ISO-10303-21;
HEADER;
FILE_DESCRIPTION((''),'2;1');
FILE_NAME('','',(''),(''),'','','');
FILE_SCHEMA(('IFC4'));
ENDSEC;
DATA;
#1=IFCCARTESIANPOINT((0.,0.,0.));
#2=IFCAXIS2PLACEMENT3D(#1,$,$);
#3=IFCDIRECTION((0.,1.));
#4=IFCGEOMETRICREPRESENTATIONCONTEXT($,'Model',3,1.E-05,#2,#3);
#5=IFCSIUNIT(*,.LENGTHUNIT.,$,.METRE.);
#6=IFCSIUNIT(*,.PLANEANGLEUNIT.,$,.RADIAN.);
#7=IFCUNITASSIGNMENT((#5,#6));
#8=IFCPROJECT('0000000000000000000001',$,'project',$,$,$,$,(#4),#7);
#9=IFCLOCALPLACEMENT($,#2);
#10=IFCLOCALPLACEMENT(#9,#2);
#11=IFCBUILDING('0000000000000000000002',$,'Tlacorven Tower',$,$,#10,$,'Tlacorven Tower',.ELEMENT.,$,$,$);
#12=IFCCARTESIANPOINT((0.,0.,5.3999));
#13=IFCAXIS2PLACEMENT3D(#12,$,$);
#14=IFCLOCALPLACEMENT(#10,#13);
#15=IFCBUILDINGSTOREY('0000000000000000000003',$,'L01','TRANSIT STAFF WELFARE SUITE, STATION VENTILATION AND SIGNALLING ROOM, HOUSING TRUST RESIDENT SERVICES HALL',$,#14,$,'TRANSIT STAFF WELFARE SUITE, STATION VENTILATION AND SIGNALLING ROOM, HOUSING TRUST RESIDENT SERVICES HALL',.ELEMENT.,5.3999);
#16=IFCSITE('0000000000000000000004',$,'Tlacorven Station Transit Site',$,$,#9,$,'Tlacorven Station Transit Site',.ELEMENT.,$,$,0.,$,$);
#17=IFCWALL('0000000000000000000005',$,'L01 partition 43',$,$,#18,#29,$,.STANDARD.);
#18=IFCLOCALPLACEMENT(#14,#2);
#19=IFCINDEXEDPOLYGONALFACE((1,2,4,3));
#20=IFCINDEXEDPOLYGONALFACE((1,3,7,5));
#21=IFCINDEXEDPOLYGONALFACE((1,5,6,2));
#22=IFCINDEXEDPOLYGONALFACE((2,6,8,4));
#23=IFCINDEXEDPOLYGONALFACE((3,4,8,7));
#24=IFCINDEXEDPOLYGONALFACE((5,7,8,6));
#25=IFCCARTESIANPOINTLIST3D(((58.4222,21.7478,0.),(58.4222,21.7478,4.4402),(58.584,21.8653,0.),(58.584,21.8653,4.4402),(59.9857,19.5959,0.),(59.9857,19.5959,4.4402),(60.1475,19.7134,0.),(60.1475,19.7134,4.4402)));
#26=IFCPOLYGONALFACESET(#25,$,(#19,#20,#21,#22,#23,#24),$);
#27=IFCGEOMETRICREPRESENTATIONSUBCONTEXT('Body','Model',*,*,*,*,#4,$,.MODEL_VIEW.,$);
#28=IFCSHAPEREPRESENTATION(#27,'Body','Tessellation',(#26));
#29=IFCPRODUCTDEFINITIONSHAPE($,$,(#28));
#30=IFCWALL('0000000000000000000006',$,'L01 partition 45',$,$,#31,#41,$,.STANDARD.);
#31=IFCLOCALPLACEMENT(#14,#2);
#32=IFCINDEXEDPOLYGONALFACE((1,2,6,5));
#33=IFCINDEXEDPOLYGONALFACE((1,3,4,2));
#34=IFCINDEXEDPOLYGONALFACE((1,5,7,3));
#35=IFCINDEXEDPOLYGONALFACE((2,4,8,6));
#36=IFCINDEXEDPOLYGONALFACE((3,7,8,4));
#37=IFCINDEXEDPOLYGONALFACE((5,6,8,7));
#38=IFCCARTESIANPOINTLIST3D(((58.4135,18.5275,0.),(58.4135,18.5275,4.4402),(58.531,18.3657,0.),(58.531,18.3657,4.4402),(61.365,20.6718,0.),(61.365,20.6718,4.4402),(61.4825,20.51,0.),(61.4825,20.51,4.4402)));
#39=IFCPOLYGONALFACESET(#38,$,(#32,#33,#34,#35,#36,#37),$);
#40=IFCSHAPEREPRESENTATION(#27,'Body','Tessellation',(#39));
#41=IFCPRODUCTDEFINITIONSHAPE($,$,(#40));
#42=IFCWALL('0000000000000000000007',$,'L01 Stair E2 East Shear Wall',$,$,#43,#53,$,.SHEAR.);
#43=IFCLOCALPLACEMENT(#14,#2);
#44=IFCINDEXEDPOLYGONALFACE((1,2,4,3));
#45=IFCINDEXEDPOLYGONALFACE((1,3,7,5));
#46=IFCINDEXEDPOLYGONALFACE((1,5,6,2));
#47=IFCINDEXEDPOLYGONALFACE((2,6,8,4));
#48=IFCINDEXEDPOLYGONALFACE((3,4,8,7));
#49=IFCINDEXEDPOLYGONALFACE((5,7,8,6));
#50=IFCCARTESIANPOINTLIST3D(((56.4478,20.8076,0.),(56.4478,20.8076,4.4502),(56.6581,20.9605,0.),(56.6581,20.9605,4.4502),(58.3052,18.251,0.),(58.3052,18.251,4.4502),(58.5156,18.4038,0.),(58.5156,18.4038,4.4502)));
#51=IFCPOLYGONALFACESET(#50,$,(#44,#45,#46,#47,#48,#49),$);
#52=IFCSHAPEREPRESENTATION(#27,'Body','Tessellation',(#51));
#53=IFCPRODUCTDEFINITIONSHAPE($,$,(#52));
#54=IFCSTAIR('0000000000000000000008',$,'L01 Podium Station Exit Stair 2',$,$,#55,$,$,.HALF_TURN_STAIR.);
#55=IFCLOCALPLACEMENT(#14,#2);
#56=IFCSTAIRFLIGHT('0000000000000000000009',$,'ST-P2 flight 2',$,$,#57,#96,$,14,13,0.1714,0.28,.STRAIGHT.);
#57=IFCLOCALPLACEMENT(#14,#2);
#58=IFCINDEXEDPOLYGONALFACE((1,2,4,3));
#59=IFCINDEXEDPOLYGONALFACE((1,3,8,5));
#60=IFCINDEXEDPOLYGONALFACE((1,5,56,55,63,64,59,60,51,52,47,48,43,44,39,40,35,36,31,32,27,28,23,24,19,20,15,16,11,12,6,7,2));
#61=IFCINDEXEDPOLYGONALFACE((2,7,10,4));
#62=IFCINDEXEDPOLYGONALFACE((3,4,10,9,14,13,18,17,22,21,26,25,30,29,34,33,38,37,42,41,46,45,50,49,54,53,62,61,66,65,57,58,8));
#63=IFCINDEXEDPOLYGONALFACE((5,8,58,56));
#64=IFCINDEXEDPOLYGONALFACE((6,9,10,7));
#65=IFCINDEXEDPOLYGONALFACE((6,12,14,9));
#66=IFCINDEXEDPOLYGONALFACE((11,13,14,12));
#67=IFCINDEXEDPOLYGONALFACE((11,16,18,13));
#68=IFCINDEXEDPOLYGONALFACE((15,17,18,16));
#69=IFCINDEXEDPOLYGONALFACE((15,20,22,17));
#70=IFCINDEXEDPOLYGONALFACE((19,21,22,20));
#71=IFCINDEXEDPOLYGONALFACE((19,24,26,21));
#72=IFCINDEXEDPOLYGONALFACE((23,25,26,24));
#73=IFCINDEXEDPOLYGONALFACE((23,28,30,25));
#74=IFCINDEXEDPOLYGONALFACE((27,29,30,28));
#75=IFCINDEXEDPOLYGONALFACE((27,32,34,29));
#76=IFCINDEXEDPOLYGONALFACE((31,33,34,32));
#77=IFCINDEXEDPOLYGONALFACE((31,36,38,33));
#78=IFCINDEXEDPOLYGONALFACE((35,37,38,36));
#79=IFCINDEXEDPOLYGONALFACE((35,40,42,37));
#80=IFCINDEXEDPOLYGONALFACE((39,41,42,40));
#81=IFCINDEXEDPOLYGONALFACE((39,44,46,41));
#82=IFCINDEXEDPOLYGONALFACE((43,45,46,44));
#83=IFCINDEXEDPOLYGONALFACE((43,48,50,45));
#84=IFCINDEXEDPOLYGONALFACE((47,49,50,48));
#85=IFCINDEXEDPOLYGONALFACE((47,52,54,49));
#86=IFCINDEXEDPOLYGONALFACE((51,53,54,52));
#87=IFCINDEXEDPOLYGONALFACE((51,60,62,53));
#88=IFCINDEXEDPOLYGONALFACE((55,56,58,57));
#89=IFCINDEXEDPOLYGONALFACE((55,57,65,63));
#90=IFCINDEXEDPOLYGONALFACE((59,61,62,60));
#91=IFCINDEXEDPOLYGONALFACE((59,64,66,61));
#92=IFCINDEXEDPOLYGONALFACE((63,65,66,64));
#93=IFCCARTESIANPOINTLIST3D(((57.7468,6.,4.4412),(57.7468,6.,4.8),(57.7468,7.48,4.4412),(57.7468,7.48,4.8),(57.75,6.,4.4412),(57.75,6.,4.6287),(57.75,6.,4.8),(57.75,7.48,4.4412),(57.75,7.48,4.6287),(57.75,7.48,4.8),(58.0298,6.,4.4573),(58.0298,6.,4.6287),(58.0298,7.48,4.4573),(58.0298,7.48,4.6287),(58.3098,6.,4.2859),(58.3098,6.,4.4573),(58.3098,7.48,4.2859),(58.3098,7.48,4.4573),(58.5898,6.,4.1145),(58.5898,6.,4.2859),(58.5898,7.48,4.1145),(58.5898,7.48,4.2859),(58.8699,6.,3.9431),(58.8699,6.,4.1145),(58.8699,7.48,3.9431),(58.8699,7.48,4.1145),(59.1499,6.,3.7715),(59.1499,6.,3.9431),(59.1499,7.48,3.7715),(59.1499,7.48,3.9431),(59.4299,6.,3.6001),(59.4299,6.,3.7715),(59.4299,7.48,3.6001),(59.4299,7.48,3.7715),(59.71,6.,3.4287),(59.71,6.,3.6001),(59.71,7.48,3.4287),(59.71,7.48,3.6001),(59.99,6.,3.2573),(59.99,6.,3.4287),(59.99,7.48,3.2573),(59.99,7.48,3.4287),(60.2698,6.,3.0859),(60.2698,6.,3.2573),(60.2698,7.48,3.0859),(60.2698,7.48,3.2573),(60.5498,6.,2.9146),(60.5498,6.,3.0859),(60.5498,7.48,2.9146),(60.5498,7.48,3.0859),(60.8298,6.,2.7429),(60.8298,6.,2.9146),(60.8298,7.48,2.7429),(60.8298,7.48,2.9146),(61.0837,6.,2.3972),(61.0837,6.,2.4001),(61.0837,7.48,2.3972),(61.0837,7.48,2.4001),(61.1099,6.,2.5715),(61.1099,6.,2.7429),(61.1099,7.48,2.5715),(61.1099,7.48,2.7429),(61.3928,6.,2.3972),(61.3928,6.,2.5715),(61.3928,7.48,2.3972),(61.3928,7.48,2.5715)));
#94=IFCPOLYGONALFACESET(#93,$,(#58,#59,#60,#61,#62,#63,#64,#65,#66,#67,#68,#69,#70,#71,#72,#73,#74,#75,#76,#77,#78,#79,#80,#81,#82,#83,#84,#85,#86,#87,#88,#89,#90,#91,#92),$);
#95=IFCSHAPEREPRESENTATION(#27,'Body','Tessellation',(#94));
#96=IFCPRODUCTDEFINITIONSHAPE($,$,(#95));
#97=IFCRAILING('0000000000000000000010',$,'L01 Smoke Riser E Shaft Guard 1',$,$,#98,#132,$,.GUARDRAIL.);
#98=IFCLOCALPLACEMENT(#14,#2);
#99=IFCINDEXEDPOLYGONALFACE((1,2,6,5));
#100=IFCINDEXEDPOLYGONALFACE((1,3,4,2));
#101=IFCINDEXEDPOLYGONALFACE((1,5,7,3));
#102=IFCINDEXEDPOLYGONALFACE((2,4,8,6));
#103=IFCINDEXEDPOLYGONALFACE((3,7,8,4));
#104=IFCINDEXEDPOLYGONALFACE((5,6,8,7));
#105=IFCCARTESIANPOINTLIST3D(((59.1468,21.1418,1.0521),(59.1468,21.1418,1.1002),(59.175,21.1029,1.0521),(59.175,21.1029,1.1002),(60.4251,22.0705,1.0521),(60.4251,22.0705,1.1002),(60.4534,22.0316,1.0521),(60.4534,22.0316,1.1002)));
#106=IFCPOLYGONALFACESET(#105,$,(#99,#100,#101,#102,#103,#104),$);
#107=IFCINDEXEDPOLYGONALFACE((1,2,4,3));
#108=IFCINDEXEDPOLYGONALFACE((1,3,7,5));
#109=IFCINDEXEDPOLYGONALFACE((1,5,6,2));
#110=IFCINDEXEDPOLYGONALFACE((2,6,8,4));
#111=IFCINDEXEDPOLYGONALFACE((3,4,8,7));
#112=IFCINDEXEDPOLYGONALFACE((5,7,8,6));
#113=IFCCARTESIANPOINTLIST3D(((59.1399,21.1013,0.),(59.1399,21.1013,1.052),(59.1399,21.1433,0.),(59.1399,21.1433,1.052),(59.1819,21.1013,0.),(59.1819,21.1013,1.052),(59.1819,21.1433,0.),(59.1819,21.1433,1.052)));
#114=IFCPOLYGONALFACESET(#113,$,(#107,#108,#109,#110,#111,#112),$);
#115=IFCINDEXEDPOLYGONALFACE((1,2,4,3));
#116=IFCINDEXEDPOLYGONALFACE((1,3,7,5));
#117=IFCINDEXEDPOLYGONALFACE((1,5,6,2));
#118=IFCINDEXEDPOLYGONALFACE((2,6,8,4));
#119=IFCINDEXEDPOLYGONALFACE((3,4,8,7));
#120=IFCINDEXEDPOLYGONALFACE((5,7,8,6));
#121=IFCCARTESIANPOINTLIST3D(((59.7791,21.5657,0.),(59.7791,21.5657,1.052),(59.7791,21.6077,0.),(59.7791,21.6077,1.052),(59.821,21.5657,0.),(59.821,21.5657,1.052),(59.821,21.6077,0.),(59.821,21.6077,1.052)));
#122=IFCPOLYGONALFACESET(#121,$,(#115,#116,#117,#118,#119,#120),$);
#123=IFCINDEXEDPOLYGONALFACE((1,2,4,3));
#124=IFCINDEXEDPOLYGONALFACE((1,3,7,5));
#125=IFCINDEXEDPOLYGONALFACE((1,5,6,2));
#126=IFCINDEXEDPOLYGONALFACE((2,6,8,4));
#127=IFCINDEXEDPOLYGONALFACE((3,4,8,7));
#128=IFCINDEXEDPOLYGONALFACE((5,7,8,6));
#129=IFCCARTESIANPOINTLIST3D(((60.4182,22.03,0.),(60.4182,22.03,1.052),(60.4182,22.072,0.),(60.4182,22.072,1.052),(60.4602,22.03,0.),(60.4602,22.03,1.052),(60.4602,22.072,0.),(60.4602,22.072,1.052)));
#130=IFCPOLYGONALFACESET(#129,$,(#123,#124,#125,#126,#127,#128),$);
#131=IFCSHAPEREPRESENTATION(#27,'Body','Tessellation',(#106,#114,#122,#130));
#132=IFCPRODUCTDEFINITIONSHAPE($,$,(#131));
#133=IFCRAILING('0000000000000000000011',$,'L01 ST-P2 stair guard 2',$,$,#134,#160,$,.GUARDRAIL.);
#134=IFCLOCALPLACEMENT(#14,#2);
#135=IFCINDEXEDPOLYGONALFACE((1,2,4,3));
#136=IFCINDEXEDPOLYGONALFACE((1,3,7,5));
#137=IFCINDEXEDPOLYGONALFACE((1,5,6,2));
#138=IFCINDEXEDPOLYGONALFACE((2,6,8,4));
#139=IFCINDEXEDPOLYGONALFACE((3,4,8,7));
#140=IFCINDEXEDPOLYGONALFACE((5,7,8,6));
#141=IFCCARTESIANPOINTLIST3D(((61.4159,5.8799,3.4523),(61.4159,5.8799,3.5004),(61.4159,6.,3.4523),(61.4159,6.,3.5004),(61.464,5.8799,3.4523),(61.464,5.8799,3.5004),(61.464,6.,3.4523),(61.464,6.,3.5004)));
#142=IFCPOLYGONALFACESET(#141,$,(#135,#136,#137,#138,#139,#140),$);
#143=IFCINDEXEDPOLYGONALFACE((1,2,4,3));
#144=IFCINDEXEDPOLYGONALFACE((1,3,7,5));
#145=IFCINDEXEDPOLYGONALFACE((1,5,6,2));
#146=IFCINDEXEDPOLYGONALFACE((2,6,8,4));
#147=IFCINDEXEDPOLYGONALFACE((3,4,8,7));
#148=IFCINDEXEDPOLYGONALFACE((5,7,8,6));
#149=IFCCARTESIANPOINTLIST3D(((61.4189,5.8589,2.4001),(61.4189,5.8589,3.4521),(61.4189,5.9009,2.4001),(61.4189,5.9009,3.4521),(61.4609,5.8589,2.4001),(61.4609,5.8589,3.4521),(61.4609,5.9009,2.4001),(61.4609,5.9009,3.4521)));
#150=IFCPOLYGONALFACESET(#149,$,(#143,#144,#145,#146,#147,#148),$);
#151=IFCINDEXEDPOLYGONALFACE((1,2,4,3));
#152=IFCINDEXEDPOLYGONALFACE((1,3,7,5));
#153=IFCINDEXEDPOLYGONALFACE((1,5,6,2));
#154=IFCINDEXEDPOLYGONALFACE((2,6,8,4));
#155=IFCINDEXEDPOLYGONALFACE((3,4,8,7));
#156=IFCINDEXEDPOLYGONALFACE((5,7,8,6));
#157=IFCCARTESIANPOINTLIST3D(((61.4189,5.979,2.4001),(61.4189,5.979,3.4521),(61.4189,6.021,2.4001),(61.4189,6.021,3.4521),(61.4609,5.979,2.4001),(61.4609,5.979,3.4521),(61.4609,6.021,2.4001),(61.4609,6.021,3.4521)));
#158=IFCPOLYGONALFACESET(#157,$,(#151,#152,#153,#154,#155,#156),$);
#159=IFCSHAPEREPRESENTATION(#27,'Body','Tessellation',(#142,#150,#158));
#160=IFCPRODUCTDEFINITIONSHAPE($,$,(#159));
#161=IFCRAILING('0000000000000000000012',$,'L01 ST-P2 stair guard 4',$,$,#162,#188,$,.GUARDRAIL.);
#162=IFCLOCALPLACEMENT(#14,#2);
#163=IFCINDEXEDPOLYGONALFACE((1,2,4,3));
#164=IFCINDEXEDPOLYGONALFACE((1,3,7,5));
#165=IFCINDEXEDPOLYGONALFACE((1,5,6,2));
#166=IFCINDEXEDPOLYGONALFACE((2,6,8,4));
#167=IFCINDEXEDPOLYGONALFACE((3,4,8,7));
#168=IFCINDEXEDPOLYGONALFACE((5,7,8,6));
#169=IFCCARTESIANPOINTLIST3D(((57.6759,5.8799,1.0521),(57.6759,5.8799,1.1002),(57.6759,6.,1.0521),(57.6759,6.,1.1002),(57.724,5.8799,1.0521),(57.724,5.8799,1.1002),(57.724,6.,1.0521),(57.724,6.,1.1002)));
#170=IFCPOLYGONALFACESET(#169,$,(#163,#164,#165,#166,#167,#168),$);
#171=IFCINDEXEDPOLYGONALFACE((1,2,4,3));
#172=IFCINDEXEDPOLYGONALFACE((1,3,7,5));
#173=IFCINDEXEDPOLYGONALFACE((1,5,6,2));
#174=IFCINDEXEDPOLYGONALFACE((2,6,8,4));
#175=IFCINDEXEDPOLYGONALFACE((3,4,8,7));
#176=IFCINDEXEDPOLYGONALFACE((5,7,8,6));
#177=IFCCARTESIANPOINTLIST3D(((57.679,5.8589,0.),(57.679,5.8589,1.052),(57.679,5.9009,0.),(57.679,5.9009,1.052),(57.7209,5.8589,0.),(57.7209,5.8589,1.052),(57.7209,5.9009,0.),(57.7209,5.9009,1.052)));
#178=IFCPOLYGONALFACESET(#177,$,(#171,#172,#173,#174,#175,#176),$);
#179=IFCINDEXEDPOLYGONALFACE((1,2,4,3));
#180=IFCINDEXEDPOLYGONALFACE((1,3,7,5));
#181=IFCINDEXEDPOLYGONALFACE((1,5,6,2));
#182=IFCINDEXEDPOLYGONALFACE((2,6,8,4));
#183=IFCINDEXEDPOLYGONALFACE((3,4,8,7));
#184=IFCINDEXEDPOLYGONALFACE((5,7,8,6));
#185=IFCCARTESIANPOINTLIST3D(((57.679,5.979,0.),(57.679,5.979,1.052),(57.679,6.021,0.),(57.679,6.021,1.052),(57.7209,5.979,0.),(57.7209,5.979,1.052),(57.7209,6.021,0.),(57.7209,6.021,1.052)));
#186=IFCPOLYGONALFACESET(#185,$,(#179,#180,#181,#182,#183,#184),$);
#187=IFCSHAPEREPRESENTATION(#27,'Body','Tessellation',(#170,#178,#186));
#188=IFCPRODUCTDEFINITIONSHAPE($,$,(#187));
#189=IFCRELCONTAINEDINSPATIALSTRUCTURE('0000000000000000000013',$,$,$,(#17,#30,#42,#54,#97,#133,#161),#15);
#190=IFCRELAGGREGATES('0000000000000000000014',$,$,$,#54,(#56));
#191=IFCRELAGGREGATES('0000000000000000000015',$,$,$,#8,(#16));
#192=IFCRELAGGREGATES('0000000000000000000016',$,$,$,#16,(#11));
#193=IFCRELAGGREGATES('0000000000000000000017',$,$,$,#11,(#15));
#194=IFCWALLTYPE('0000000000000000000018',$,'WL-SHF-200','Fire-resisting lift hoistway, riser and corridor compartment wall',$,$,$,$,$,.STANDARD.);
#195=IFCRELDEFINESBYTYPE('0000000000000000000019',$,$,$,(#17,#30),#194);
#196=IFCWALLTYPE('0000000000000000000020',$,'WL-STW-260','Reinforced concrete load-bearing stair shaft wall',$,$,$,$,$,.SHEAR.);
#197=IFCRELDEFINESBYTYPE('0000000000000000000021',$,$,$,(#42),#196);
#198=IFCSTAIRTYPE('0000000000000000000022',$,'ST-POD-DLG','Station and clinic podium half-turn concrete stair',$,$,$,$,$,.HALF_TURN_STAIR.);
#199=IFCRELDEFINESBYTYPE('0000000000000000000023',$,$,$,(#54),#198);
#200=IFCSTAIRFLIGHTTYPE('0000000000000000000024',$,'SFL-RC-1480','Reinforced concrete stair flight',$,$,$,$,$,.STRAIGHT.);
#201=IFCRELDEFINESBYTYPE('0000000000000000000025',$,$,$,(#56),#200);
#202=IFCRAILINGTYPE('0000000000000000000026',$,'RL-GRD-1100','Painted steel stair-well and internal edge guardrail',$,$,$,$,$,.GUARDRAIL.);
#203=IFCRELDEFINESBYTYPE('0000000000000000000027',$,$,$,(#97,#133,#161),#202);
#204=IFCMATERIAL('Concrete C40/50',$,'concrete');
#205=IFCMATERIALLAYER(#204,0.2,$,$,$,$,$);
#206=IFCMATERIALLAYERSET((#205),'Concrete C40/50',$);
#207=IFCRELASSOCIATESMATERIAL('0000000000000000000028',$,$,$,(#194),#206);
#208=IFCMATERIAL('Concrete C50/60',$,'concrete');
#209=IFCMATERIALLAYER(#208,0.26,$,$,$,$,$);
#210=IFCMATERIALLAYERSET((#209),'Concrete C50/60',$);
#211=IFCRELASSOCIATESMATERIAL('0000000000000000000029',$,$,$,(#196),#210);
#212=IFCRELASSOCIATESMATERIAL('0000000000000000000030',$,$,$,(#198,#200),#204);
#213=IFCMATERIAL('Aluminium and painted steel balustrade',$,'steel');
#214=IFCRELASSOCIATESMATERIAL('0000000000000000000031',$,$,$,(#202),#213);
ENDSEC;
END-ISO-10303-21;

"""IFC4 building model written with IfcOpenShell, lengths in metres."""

from ifc_helpers import new_model, si_unit, direction, frame, frame_2d, origin, origin_2d, place, context, subcontext, project, spatial, polyline, rectangle, outline, extrude, source, transform, mapped, material, layer, layer_set, type_object, element, aggregate, save


model = new_model("IFC4")

# Units and contexts
model_context = context("Model", 3, precision=1e-05, world=origin(), true_north=direction((0.0, 1.0)))
body_context = subcontext(model_context, "Body", "Model", "MODEL_VIEW")
ifc_project = project(units=[si_unit("LENGTHUNIT", "METRE"), si_unit("PLANEANGLEUNIT", "RADIAN")], contexts=[model_context])

# Site, building, storey
site_placement = place(None, origin())
site = spatial("IfcSite", under=ifc_project, at=site_placement, Name="Tlacorven Station Transit Site", LongName="Tlacorven Station Transit Site", CompositionType="ELEMENT", RefElevation=0.0)
building_placement = place(site_placement, origin())
building = spatial("IfcBuilding", under=site, at=building_placement, Name="Tlacorven Tower", LongName="Tlacorven Tower", CompositionType="ELEMENT")
storey_placement = place(building_placement, frame((0.0, 0.0, 5.3999)))
storey = spatial("IfcBuildingStorey", under=building, at=storey_placement, Name="L01", Description="TRANSIT STAFF WELFARE SUITE, STATION VENTILATION AND SIGNALLING ROOM, HOUSING TRUST RESIDENT SERVICES HALL", LongName="TRANSIT STAFF WELFARE SUITE, STATION VENTILATION AND SIGNALLING ROOM, HOUSING TRUST RESIDENT SERVICES HALL", CompositionType="ELEMENT", Elevation=5.3999)

# Shared definitions
ifc_material_1 = material(Name="Concrete C40/50", Category="concrete")
ifc_layer_1 = layer(ifc_material_1, 0.2)
ifc_layer_set_1 = layer_set([ifc_layer_1], Name="Concrete C40/50")
wall_type_1 = type_object("IfcWallType", Name="WL-SHF-200", Description="Fire-resisting lift hoistway, riser and corridor compartment wall", PredefinedType="STANDARD", material=ifc_layer_set_1)

# Walls
wall_1_placement = place(storey_placement, frame((60.0667, 19.6545, 0.0), z_axis=(0.0, 0.0, 1.0), x_axis=(-0.587801, 0.809006, 0.0)))
element("IfcWall", 1, at=wall_1_placement, inside=storey, type_object=wall_type_1, Name="L01 partition 43", PredefinedType="STANDARD", context=body_context, shape_type="SweptSolid", body=[
    extrude(rectangle(XDim=2.6599, YDim=0.2, at=frame_2d((1.3301, 0.0))), origin(), (0.0, 0.0, 1.0), 4.4402),
])
wall_2_placement = place(storey_placement, frame((58.4722, 18.4465, 0.0), z_axis=(0.0, 0.0, 1.0), x_axis=(0.809022, 0.587778, 0.0)))
element("IfcWall", 2, at=wall_2_placement, inside=storey, type_object=wall_type_1, Name="L01 partition 45", PredefinedType="STANDARD", context=body_context, shape_type="SweptSolid", body=[
    extrude(rectangle(XDim=3.6482, YDim=0.2, at=frame_2d((1.8242, 0.0))), origin(), (0.0, 0.0, 1.0), 4.4402),
])
ifc_material_2 = material(Name="Concrete C50/60", Category="concrete")
ifc_layer_2 = layer(ifc_material_2, 0.26)
ifc_layer_set_2 = layer_set([ifc_layer_2], Name="Concrete C50/60")
wall_type_2 = type_object("IfcWallType", Name="WL-STW-260", Description="Reinforced concrete load-bearing stair shaft wall", PredefinedType="SHEAR", material=ifc_layer_set_2)
wall_3_placement = place(storey_placement, frame((58.4104, 18.3274, 0.0), z_axis=(0.0, 0.0, 1.0), x_axis=(-0.587767, 0.80903, 0.0)))
element("IfcWall", 3, at=wall_3_placement, inside=storey, type_object=wall_type_2, Name="L01 Stair E2 East Shear Wall", PredefinedType="SHEAR", context=body_context, shape_type="SweptSolid", body=[
    extrude(rectangle(XDim=3.1602, YDim=0.26, at=frame_2d((1.5801, 0.0))), origin(), (0.0, 0.0, 1.0), 4.4502),
])

# Stair, stair flight
stair_type = type_object("IfcStairType", Name="ST-POD-DLG", Description="Station and clinic podium half-turn concrete stair", PredefinedType="HALF_TURN_STAIR", material=ifc_material_1)
stair_placement = place(storey_placement, origin())
stair = element("IfcStair", 4, at=stair_placement, inside=storey, type_object=stair_type, Name="L01 Podium Station Exit Stair 2", PredefinedType="HALF_TURN_STAIR")
stair_flight_type = type_object("IfcStairFlightType", Name="SFL-RC-1480", Description="Reinforced concrete stair flight", PredefinedType="STRAIGHT", material=ifc_material_1)
shared_shape_1 = source(origin(), body_context, "Body", "SweptSolid", [
    extrude(outline(polyline([(-0.0029, -0.0029), (-0.0029, 0.1714), (0.28, 0.1714), (0.28, 0.3428), (0.5601, 0.3428), (0.5601, 0.5144), (0.8401, 0.5144), (0.8401, 0.6858), (1.1201, 0.6858), (1.1201, 0.8572), (1.3999, 0.8572), (1.3999, 1.0286), (1.6799, 1.0286), (1.6799, 1.2), (1.96, 1.2), (1.96, 1.3713), (2.24, 1.3713), (2.24, 1.543), (2.52, 1.543), (2.52, 1.7144), (2.8, 1.7144), (2.8, 1.8857), (3.0801, 1.8857), (3.0801, 2.0571), (3.3601, 2.0571), (3.3601, 2.2285), (3.6399, 2.2285), (3.6399, 2.3999), (3.6431, 2.3999), (3.6431, 2.041), (3.6399, 2.041), (0.3062, 0.0), (0.3062, -0.0029), (-0.0029, -0.0029)])), frame((0.0, 0.74, 0.0), z_axis=(0.0, -1.0, 0.0), x_axis=(1.0, 0.0, 0.0)), (0.0, 0.0, 1.0), 1.48),
])
stair_flight_placement = place(storey_placement, frame((61.3899, 6.74, 2.4001), z_axis=(0.0, 0.0, 1.0), x_axis=(-1.0, 0.0, 0.0)))
stair_flight = element("IfcStairFlight", 5, at=stair_flight_placement, type_object=stair_flight_type, Name="ST-P2 flight 2", NumberOfRisers=14, NumberOfTreads=13, PredefinedType="STRAIGHT", RiserHeight=0.1714, TreadLength=0.28, context=body_context, shape_type="MappedRepresentation", body=[
    mapped(shared_shape_1, transform((0.0, 0.0, 0.0), scale=1.0)),
])
aggregate(stair, [stair_flight])

# Railings
ifc_material_3 = material(Name="Aluminium and painted steel balustrade", Category="steel")
railing_type_1 = type_object("IfcRailingType", Name="RL-GRD-1100", Description="Painted steel stair-well and internal edge guardrail", PredefinedType="GUARDRAIL", material=ifc_material_3)
shared_shape_2 = source(origin(), body_context, "Body", "SweptSolid", [
    extrude(rectangle(XDim=0.0481, YDim=0.0481, at=origin_2d()), frame((0.0, 0.0, 1.0762), z_axis=(0.80903, 0.587767, 0.0), x_axis=(-0.587767, 0.80903, 0.0)), (0.0, 0.0, 1.0), 1.5801),
    extrude(rectangle(XDim=0.042, YDim=0.042, at=origin_2d()), origin(), (0.0, 0.0, 1.0), 1.052),
    extrude(rectangle(XDim=0.042, YDim=0.042, at=origin_2d()), frame((0.6392, 0.4644, 0.0)), (0.0, 0.0, 1.0), 1.052),
    extrude(rectangle(XDim=0.042, YDim=0.042, at=origin_2d()), frame((1.2783, 0.9287, 0.0)), (0.0, 0.0, 1.0), 1.052),
])
railing_1_placement = place(storey_placement, frame((59.1609, 21.1223, 0.0)))
element("IfcRailing", 6, at=railing_1_placement, inside=storey, type_object=railing_type_1, Name="L01 Smoke Riser E Shaft Guard 1", PredefinedType="GUARDRAIL", context=body_context, shape_type="MappedRepresentation", body=[
    mapped(shared_shape_2, transform((0.0, 0.0, 0.0), scale=1.0)),
])
shared_shape_3 = source(origin(), body_context, "Body", "SweptSolid", [
    extrude(rectangle(XDim=0.0481, YDim=0.0481, at=origin_2d()), frame((0.0, 0.0, 1.0762), z_axis=(0.0, 1.0, 0.0), x_axis=(-1.0, 0.0, 0.0)), (0.0, 0.0, 1.0), 0.1201),
    extrude(rectangle(XDim=0.042, YDim=0.042, at=origin_2d()), origin(), (0.0, 0.0, 1.0), 1.052),
    extrude(rectangle(XDim=0.042, YDim=0.042, at=origin_2d()), frame((0.0, 0.1201, 0.0)), (0.0, 0.0, 1.0), 1.052),
])
for number, where, name in (
    (7, (61.4399, 5.8799, 2.4001), "L01 ST-P2 stair guard 2"),
    (8, (57.7, 5.8799, 0.0), "L01 ST-P2 stair guard 4"),
):
    element("IfcRailing", number, at=place(storey_placement, frame(where)), inside=storey, type_object=railing_type_1, Name=name, PredefinedType="GUARDRAIL", context=body_context, shape_type="MappedRepresentation", body=[
        mapped(shared_shape_3, transform((0.0, 0.0, 0.0), scale=1.0)),
    ])

save(model, "model.ifc")
